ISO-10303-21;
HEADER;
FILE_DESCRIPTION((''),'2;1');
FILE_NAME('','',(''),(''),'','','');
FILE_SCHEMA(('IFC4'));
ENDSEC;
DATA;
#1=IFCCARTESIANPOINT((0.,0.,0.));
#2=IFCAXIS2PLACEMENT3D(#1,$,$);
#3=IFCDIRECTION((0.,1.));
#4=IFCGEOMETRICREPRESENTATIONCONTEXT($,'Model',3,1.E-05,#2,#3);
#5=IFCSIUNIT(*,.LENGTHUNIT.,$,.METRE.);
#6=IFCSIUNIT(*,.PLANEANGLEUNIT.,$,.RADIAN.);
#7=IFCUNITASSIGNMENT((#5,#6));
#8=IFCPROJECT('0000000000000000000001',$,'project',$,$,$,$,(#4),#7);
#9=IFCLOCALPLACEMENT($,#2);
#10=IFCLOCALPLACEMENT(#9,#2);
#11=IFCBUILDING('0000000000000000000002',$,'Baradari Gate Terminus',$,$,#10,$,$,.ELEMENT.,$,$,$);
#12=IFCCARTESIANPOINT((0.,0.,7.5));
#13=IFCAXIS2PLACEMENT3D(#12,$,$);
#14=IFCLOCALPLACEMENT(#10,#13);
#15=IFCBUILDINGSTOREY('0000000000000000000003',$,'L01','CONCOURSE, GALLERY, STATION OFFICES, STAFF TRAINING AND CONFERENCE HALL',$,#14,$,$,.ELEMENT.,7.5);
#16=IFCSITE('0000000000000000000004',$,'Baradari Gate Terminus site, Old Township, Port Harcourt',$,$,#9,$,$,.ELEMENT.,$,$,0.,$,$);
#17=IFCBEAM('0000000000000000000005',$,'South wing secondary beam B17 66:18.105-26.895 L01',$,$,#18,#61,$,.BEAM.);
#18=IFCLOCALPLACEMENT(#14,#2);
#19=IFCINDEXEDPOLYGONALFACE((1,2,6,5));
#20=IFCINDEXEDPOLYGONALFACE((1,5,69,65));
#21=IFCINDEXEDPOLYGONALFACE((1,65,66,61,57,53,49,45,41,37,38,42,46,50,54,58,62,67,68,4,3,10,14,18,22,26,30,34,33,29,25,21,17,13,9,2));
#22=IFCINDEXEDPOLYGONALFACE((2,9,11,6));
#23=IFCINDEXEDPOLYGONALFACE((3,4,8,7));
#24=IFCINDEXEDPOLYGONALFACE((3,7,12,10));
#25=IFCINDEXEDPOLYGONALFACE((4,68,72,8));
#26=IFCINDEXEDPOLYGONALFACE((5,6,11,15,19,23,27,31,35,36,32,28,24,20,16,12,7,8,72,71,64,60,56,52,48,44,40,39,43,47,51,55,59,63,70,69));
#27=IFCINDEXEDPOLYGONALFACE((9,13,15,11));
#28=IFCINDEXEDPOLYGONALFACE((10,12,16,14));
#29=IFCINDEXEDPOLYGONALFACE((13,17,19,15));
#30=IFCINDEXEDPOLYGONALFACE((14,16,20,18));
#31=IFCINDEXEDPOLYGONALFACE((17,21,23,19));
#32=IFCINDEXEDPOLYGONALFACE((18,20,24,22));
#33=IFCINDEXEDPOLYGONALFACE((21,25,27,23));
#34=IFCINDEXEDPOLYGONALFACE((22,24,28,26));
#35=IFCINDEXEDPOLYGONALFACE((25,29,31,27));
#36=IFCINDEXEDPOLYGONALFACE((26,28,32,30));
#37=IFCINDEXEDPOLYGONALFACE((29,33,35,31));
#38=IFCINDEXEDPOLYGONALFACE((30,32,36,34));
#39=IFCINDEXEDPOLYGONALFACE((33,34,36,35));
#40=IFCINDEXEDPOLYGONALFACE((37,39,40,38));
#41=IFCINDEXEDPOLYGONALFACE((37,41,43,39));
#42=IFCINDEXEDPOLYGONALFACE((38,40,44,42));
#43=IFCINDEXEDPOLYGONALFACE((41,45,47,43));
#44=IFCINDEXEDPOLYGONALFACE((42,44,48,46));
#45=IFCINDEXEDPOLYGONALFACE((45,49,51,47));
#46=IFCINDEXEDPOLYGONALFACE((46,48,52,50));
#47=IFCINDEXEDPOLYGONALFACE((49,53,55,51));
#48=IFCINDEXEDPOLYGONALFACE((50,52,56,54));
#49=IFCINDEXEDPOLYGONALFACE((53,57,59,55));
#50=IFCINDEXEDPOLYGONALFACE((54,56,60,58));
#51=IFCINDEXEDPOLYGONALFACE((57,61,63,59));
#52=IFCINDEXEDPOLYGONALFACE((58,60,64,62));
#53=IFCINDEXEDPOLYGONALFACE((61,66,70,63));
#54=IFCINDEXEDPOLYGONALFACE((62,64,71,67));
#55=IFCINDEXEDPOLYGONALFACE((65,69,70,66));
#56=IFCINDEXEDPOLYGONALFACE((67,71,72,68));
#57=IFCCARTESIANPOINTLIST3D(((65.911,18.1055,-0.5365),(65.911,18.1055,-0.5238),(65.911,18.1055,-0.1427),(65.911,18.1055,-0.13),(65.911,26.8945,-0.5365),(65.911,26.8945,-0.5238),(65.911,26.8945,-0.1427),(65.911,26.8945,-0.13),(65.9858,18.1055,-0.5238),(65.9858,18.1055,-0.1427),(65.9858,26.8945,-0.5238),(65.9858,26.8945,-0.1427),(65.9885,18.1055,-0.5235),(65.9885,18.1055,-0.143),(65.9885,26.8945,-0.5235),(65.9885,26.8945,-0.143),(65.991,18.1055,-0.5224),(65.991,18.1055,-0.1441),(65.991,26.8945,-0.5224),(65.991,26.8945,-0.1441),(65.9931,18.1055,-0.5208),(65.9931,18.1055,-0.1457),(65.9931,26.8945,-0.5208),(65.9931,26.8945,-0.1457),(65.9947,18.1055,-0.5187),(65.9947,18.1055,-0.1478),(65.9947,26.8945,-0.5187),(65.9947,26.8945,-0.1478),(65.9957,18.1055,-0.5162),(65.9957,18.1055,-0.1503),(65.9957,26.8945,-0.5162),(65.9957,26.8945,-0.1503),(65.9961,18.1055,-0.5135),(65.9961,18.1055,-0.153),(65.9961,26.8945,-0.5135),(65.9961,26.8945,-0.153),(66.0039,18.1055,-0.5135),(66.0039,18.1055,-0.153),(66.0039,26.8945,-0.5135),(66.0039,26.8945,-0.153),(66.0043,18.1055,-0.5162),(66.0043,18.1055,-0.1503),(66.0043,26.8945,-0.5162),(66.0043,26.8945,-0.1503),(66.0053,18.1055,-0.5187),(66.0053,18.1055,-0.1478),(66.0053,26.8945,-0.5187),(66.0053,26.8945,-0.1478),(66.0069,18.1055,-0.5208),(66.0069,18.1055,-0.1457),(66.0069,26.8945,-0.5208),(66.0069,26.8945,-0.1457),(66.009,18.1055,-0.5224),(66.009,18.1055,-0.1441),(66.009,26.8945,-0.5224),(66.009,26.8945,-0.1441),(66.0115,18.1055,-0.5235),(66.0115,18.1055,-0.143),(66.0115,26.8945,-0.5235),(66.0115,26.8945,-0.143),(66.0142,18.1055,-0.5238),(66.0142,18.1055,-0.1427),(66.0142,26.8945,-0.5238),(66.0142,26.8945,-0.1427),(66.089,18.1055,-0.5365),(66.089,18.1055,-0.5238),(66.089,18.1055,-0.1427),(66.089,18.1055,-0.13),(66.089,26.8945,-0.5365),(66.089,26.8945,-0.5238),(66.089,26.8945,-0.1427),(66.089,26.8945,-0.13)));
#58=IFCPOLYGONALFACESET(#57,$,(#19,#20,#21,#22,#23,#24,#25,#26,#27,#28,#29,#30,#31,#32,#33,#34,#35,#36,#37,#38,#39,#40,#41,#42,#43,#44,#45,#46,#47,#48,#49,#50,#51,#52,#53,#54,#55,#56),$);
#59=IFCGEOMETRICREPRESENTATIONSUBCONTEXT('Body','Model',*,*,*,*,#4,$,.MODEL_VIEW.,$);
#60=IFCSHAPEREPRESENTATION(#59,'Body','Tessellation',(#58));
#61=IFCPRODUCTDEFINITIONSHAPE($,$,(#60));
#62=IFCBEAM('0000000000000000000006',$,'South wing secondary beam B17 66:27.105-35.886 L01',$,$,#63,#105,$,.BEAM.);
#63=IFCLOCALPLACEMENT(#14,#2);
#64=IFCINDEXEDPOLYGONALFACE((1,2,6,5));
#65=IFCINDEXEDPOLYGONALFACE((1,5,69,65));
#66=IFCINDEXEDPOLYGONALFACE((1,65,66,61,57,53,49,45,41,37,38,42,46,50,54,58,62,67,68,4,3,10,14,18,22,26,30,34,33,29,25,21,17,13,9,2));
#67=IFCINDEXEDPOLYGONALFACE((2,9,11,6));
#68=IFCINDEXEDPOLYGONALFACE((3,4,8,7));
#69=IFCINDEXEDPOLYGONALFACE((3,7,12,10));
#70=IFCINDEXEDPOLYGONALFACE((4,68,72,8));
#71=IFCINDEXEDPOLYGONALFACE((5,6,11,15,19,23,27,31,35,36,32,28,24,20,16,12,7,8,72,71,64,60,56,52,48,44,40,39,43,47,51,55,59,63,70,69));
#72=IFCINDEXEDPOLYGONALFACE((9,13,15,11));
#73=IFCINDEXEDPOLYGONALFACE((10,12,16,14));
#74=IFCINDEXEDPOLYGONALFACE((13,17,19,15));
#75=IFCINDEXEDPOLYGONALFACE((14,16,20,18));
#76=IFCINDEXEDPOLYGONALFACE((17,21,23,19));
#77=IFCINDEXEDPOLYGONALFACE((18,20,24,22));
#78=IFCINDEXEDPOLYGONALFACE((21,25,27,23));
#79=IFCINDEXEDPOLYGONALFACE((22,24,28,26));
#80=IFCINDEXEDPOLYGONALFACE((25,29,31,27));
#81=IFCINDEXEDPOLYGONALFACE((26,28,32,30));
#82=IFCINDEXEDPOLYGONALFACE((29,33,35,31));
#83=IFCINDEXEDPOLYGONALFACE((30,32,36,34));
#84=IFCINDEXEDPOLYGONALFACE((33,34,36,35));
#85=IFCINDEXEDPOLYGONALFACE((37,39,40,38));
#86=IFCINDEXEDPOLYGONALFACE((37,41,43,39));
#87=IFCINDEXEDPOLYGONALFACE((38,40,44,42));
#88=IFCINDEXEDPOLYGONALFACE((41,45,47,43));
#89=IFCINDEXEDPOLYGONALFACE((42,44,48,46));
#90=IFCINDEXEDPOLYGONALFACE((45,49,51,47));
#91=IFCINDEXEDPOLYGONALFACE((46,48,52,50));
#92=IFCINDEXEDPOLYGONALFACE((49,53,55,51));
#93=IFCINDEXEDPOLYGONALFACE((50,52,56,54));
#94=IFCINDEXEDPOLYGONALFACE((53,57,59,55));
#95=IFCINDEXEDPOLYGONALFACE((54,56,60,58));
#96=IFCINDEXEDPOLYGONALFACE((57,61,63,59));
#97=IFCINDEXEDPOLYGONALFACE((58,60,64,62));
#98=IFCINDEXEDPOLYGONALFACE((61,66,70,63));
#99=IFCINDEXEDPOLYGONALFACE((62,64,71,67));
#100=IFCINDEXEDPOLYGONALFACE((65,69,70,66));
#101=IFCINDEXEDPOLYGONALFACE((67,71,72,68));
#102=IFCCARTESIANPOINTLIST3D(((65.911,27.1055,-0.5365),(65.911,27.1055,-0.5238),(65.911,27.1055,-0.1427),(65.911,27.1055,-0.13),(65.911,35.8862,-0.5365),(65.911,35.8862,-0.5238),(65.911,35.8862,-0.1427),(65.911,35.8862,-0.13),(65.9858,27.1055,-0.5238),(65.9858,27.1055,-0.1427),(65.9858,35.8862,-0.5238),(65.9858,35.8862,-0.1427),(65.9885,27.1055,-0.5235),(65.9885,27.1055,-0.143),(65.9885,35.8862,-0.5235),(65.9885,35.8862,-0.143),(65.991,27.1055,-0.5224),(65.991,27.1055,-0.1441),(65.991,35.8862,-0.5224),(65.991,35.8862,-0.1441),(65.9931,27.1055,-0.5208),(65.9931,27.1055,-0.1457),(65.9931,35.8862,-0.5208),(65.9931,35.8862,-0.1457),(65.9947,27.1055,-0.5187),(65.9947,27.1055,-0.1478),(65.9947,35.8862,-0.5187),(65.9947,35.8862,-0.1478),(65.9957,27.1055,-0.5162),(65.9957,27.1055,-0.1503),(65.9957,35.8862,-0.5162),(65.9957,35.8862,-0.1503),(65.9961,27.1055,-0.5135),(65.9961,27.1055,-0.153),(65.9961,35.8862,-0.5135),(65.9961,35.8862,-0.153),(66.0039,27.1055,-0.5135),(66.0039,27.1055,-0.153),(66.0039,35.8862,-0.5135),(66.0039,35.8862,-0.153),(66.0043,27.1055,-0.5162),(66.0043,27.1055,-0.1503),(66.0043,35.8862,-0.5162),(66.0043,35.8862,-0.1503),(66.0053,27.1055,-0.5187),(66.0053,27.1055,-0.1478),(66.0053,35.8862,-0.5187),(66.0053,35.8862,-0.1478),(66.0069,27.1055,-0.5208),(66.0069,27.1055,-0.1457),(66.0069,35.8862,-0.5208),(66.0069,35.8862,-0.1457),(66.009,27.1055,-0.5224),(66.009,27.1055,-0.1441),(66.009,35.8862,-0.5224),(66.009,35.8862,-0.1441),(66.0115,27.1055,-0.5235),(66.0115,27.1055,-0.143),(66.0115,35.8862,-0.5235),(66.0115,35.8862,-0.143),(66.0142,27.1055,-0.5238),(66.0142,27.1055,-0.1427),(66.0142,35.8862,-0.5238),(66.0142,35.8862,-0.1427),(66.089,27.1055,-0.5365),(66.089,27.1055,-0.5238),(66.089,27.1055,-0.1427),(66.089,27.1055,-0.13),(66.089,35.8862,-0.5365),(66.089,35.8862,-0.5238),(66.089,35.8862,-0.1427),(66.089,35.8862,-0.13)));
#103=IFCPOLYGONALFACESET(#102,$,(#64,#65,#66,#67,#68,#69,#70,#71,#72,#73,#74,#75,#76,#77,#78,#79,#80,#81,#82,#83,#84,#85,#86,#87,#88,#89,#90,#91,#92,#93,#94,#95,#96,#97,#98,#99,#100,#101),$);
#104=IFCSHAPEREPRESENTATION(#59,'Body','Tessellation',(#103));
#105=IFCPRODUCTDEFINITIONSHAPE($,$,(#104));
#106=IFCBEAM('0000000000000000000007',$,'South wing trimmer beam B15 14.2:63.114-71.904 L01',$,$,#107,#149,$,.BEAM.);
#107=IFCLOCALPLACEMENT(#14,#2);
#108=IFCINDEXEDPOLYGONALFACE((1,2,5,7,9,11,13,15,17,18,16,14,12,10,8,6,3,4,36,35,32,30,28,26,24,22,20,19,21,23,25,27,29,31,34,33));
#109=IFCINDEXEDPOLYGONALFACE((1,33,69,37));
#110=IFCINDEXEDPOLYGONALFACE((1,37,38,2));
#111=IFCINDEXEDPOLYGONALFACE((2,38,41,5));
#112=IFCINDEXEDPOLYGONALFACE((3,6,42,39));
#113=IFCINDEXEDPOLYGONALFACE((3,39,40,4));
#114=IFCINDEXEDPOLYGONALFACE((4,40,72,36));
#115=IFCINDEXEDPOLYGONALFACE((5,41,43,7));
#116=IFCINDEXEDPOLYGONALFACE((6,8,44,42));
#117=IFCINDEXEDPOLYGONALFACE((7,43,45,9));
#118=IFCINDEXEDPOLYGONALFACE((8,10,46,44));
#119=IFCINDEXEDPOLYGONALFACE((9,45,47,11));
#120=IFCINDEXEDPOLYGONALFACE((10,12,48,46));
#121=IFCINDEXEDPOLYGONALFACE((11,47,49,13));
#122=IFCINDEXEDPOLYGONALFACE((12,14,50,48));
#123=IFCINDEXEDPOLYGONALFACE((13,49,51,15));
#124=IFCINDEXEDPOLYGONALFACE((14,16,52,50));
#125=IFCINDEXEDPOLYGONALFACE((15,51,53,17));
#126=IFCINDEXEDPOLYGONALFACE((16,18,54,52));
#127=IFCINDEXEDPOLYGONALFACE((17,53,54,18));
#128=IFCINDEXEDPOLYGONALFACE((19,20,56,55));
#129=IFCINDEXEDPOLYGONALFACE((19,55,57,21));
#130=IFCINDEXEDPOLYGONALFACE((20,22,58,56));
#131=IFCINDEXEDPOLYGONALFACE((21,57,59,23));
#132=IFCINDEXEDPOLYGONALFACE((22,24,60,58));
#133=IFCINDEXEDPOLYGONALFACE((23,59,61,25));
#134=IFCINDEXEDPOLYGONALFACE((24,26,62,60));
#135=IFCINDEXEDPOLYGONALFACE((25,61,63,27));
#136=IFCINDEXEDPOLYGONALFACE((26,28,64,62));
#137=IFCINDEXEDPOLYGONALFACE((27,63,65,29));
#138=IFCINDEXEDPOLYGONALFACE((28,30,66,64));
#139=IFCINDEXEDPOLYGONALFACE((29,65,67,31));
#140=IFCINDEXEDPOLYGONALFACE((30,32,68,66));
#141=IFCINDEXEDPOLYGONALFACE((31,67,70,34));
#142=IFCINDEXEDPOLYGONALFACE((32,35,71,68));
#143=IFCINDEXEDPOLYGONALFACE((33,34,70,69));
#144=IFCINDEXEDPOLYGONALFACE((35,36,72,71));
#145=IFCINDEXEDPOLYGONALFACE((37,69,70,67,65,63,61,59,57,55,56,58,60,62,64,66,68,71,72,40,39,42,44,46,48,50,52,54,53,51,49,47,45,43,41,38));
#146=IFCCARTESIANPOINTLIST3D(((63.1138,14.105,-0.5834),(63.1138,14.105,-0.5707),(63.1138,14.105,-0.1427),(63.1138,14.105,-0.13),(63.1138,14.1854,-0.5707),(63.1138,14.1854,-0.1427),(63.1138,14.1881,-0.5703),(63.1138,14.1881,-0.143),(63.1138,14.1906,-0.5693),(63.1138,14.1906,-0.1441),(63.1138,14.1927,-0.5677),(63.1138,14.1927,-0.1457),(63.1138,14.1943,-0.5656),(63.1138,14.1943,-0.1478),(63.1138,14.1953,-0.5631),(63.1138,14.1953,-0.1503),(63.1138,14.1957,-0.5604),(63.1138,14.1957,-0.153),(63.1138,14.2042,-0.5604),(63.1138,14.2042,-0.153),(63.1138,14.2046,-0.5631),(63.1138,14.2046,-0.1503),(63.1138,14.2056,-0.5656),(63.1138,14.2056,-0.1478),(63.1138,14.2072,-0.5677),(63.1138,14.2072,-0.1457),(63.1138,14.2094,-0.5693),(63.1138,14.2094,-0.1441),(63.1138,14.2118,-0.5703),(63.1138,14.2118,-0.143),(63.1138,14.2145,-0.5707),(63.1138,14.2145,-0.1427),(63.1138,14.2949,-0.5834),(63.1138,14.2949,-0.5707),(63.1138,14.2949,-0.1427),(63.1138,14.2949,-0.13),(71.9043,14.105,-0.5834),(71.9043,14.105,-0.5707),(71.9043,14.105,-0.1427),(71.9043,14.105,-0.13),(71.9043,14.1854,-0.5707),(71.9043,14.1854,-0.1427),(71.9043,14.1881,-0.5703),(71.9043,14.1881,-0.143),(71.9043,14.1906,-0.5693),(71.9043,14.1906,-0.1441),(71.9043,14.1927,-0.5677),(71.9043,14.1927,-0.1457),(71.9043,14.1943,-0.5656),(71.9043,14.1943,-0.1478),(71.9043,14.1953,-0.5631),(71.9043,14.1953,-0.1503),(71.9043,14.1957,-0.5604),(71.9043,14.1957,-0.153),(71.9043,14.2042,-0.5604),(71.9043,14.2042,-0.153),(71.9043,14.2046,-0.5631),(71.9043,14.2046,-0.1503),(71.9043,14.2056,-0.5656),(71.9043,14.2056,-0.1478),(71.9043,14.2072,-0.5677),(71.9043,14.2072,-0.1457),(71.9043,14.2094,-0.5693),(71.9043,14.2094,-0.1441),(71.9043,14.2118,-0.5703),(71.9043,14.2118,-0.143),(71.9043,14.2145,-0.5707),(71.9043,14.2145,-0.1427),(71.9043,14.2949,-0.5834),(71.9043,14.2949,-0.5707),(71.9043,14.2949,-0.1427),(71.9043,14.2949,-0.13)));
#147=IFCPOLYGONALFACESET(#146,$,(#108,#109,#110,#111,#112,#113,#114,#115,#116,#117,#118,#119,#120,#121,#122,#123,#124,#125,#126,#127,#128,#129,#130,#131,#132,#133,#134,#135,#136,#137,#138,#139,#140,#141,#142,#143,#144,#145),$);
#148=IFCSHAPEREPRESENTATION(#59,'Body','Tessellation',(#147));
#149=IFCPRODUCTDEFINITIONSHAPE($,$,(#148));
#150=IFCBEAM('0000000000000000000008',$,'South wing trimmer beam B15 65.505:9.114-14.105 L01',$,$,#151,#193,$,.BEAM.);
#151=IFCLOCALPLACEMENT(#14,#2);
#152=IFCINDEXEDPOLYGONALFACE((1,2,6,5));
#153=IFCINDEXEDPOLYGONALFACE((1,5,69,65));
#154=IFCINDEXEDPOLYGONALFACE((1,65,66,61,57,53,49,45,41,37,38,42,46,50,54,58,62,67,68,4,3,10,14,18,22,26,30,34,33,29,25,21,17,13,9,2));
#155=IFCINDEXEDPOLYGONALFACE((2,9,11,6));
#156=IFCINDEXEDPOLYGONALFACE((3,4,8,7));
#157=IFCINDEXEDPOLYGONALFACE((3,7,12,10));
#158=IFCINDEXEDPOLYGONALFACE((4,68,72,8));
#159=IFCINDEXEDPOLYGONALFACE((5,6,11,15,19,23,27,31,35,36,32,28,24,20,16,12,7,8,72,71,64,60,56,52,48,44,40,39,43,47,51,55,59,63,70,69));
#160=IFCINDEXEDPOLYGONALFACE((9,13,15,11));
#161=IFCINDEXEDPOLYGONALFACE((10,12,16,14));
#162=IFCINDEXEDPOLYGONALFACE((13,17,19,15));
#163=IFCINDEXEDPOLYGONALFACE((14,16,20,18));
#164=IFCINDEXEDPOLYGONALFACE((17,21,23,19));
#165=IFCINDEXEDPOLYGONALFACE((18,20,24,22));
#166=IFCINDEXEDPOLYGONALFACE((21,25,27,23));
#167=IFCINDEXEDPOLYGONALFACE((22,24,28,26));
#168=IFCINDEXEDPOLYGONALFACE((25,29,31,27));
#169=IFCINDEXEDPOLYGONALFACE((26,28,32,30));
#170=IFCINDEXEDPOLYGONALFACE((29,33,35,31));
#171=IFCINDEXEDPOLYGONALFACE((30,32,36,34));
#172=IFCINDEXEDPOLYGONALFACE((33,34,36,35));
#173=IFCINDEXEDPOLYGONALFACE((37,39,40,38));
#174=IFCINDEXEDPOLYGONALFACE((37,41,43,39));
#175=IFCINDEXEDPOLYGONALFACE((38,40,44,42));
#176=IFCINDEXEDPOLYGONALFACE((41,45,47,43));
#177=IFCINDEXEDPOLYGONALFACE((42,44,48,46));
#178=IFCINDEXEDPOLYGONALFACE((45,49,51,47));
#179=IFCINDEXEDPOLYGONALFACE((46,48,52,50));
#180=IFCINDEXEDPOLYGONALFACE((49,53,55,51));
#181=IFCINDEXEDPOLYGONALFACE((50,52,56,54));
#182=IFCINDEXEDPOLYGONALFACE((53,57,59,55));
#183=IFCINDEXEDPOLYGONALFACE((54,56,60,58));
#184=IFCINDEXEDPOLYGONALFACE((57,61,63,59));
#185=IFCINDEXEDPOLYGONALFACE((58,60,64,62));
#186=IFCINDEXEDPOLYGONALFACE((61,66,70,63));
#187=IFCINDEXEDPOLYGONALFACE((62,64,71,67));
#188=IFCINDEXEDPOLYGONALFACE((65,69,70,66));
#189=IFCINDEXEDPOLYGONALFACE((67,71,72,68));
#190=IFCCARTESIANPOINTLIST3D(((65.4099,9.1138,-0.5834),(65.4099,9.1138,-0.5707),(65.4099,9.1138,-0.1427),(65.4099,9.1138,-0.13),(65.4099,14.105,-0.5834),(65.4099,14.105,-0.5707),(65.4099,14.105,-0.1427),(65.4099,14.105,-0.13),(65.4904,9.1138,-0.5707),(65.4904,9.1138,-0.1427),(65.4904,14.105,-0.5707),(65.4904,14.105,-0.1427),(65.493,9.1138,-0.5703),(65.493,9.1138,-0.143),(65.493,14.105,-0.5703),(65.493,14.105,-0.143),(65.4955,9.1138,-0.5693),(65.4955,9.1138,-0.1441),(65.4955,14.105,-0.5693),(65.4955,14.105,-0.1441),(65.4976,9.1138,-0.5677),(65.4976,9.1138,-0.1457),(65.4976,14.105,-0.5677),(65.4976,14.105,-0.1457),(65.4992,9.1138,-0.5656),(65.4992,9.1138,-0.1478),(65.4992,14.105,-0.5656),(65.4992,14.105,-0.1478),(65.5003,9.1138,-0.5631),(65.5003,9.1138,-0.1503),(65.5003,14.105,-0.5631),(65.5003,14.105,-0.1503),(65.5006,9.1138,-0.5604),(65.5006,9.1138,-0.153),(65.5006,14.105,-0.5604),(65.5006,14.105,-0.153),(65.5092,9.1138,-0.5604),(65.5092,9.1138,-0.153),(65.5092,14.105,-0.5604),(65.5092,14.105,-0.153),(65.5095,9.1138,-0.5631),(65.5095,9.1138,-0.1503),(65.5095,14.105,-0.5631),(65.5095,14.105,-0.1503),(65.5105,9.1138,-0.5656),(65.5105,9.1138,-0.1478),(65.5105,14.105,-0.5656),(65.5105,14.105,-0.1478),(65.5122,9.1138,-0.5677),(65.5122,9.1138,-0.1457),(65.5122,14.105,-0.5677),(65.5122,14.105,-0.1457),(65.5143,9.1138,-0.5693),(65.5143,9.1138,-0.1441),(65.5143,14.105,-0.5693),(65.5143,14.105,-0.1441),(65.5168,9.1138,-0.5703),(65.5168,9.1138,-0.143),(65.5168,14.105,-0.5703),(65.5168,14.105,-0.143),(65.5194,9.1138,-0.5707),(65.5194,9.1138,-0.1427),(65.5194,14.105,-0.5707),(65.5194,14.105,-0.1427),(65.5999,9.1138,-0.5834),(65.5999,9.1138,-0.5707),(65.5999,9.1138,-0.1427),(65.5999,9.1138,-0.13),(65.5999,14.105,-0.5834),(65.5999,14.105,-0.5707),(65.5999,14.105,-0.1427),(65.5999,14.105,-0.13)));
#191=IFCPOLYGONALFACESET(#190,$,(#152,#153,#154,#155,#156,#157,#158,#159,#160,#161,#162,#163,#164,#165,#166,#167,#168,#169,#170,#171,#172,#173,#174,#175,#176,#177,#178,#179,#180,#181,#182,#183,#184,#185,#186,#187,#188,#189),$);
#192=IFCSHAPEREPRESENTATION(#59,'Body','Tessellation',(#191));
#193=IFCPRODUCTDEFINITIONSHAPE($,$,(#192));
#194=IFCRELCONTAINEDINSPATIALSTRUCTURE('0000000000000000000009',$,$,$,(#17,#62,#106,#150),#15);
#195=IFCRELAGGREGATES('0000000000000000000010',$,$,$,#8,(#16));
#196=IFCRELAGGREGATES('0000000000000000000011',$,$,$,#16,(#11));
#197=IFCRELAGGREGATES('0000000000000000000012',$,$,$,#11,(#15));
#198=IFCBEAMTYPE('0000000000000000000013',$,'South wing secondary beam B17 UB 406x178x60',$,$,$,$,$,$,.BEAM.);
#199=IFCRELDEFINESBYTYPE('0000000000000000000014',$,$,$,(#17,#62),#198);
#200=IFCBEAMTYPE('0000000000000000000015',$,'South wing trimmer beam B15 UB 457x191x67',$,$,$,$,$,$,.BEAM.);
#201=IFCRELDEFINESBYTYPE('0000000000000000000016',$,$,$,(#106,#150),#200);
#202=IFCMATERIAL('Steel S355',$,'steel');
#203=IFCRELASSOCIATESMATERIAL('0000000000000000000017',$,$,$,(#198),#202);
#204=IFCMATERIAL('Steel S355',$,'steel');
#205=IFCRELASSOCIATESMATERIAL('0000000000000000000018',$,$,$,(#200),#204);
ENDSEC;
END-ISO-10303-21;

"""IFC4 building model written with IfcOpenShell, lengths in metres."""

from ifc_helpers import new_model, si_unit, direction, frame, origin, origin_2d, place, context, subcontext, project, spatial, i_section, extrude, material, material_profile, profile_set, type_object, element, save


model = new_model("IFC4")

# Units and contexts
model_context = context("Model", 3, precision=1e-05, world=origin(), true_north=direction((0.0, 1.0)))
body_context = subcontext(model_context, "Body", "Model", "MODEL_VIEW")
ifc_project = project(units=[si_unit("LENGTHUNIT", "METRE"), si_unit("PLANEANGLEUNIT", "RADIAN")], contexts=[model_context])

# Site, building, storey
site_placement = place(None, origin())
site = spatial("IfcSite", under=ifc_project, at=site_placement, Name="Baradari Gate Terminus site, Old Township, Port Harcourt", CompositionType="ELEMENT", RefElevation=0.0)
building_placement = place(site_placement, origin())
building = spatial("IfcBuilding", under=site, at=building_placement, Name="Baradari Gate Terminus", CompositionType="ELEMENT")
storey_placement = place(building_placement, frame((0.0, 0.0, 7.5)))
storey = spatial("IfcBuildingStorey", under=building, at=storey_placement, Name="L01", Description="CONCOURSE, GALLERY, STATION OFFICES, STAFF TRAINING AND CONFERENCE HALL", CompositionType="ELEMENT", Elevation=7.5)

# Beams
ifc_material_1 = material(Name="Steel S355", Category="steel")
ifc_material_profile_1 = material_profile(ifc_material_1, i_section(OverallWidth=0.178, OverallDepth=0.4065, WebThickness=0.0078, FlangeThickness=0.0127, FilletRadius=0.0103, at=origin_2d()), Name="UB 406x178x60")
ifc_profile_set_1 = profile_set([ifc_material_profile_1], Name="Steel S355")
beam_type_1 = type_object("IfcBeamType", Name="South wing secondary beam B17 UB 406x178x60", PredefinedType="BEAM", material=ifc_profile_set_1)
beam_1_placement = place(storey_placement, frame((66.0, 18.1055, -0.3333), z_axis=(0.0, 1.0, 0.0), x_axis=(-1.0, 0.0, 0.0)))
element("IfcBeam", 1, at=beam_1_placement, inside=storey, type_object=beam_type_1, Name="South wing secondary beam B17 66:18.105-26.895 L01", PredefinedType="BEAM", context=body_context, shape_type="SweptSolid", body=[
    extrude(i_section(OverallWidth=0.178, OverallDepth=0.4065, WebThickness=0.0078, FlangeThickness=0.0127, FilletRadius=0.0103, at=origin_2d()), origin(), (0.0, 0.0, 1.0), 8.7891),
])
beam_2_placement = place(storey_placement, frame((66.0, 27.1055, -0.3333), z_axis=(0.0, 1.0, 0.0), x_axis=(-1.0, 0.0, 0.0)))
element("IfcBeam", 2, at=beam_2_placement, inside=storey, type_object=beam_type_1, Name="South wing secondary beam B17 66:27.105-35.886 L01", PredefinedType="BEAM", context=body_context, shape_type="SweptSolid", body=[
    extrude(i_section(OverallWidth=0.178, OverallDepth=0.4065, WebThickness=0.0078, FlangeThickness=0.0127, FilletRadius=0.0103, at=origin_2d()), origin(), (0.0, 0.0, 1.0), 8.7808),
])
ifc_material_2 = material(Name="Steel S355", Category="steel")
ifc_material_profile_2 = material_profile(ifc_material_2, i_section(OverallWidth=0.1899, OverallDepth=0.4534, WebThickness=0.0085, FlangeThickness=0.0127, FilletRadius=0.0103, at=origin_2d()), Name="UB 457x191x67")
ifc_profile_set_2 = profile_set([ifc_material_profile_2], Name="Steel S355")
beam_type_2 = type_object("IfcBeamType", Name="South wing trimmer beam B15 UB 457x191x67", PredefinedType="BEAM", material=ifc_profile_set_2)
beam_3_placement = place(storey_placement, frame((63.1138, 14.2, -0.3567), z_axis=(1.0, 0.0, 0.0), x_axis=(0.0, 1.0, 0.0)))
element("IfcBeam", 3, at=beam_3_placement, inside=storey, type_object=beam_type_2, Name="South wing trimmer beam B15 14.2:63.114-71.904 L01", PredefinedType="BEAM", context=body_context, shape_type="SweptSolid", body=[
    extrude(i_section(OverallWidth=0.1899, OverallDepth=0.4534, WebThickness=0.0085, FlangeThickness=0.0127, FilletRadius=0.0103, at=origin_2d()), origin(), (0.0, 0.0, 1.0), 8.7905),
])
beam_4_placement = place(storey_placement, frame((65.5049, 9.1138, -0.3567), z_axis=(0.0, 1.0, 0.0), x_axis=(-1.0, 0.0, 0.0)))
element("IfcBeam", 4, at=beam_4_placement, inside=storey, type_object=beam_type_2, Name="South wing trimmer beam B15 65.505:9.114-14.105 L01", PredefinedType="BEAM", context=body_context, shape_type="SweptSolid", body=[
    extrude(i_section(OverallWidth=0.1899, OverallDepth=0.4534, WebThickness=0.0085, FlangeThickness=0.0127, FilletRadius=0.0103, at=origin_2d()), origin(), (0.0, 0.0, 1.0), 4.9912),
])

save(model, "model.ifc")
